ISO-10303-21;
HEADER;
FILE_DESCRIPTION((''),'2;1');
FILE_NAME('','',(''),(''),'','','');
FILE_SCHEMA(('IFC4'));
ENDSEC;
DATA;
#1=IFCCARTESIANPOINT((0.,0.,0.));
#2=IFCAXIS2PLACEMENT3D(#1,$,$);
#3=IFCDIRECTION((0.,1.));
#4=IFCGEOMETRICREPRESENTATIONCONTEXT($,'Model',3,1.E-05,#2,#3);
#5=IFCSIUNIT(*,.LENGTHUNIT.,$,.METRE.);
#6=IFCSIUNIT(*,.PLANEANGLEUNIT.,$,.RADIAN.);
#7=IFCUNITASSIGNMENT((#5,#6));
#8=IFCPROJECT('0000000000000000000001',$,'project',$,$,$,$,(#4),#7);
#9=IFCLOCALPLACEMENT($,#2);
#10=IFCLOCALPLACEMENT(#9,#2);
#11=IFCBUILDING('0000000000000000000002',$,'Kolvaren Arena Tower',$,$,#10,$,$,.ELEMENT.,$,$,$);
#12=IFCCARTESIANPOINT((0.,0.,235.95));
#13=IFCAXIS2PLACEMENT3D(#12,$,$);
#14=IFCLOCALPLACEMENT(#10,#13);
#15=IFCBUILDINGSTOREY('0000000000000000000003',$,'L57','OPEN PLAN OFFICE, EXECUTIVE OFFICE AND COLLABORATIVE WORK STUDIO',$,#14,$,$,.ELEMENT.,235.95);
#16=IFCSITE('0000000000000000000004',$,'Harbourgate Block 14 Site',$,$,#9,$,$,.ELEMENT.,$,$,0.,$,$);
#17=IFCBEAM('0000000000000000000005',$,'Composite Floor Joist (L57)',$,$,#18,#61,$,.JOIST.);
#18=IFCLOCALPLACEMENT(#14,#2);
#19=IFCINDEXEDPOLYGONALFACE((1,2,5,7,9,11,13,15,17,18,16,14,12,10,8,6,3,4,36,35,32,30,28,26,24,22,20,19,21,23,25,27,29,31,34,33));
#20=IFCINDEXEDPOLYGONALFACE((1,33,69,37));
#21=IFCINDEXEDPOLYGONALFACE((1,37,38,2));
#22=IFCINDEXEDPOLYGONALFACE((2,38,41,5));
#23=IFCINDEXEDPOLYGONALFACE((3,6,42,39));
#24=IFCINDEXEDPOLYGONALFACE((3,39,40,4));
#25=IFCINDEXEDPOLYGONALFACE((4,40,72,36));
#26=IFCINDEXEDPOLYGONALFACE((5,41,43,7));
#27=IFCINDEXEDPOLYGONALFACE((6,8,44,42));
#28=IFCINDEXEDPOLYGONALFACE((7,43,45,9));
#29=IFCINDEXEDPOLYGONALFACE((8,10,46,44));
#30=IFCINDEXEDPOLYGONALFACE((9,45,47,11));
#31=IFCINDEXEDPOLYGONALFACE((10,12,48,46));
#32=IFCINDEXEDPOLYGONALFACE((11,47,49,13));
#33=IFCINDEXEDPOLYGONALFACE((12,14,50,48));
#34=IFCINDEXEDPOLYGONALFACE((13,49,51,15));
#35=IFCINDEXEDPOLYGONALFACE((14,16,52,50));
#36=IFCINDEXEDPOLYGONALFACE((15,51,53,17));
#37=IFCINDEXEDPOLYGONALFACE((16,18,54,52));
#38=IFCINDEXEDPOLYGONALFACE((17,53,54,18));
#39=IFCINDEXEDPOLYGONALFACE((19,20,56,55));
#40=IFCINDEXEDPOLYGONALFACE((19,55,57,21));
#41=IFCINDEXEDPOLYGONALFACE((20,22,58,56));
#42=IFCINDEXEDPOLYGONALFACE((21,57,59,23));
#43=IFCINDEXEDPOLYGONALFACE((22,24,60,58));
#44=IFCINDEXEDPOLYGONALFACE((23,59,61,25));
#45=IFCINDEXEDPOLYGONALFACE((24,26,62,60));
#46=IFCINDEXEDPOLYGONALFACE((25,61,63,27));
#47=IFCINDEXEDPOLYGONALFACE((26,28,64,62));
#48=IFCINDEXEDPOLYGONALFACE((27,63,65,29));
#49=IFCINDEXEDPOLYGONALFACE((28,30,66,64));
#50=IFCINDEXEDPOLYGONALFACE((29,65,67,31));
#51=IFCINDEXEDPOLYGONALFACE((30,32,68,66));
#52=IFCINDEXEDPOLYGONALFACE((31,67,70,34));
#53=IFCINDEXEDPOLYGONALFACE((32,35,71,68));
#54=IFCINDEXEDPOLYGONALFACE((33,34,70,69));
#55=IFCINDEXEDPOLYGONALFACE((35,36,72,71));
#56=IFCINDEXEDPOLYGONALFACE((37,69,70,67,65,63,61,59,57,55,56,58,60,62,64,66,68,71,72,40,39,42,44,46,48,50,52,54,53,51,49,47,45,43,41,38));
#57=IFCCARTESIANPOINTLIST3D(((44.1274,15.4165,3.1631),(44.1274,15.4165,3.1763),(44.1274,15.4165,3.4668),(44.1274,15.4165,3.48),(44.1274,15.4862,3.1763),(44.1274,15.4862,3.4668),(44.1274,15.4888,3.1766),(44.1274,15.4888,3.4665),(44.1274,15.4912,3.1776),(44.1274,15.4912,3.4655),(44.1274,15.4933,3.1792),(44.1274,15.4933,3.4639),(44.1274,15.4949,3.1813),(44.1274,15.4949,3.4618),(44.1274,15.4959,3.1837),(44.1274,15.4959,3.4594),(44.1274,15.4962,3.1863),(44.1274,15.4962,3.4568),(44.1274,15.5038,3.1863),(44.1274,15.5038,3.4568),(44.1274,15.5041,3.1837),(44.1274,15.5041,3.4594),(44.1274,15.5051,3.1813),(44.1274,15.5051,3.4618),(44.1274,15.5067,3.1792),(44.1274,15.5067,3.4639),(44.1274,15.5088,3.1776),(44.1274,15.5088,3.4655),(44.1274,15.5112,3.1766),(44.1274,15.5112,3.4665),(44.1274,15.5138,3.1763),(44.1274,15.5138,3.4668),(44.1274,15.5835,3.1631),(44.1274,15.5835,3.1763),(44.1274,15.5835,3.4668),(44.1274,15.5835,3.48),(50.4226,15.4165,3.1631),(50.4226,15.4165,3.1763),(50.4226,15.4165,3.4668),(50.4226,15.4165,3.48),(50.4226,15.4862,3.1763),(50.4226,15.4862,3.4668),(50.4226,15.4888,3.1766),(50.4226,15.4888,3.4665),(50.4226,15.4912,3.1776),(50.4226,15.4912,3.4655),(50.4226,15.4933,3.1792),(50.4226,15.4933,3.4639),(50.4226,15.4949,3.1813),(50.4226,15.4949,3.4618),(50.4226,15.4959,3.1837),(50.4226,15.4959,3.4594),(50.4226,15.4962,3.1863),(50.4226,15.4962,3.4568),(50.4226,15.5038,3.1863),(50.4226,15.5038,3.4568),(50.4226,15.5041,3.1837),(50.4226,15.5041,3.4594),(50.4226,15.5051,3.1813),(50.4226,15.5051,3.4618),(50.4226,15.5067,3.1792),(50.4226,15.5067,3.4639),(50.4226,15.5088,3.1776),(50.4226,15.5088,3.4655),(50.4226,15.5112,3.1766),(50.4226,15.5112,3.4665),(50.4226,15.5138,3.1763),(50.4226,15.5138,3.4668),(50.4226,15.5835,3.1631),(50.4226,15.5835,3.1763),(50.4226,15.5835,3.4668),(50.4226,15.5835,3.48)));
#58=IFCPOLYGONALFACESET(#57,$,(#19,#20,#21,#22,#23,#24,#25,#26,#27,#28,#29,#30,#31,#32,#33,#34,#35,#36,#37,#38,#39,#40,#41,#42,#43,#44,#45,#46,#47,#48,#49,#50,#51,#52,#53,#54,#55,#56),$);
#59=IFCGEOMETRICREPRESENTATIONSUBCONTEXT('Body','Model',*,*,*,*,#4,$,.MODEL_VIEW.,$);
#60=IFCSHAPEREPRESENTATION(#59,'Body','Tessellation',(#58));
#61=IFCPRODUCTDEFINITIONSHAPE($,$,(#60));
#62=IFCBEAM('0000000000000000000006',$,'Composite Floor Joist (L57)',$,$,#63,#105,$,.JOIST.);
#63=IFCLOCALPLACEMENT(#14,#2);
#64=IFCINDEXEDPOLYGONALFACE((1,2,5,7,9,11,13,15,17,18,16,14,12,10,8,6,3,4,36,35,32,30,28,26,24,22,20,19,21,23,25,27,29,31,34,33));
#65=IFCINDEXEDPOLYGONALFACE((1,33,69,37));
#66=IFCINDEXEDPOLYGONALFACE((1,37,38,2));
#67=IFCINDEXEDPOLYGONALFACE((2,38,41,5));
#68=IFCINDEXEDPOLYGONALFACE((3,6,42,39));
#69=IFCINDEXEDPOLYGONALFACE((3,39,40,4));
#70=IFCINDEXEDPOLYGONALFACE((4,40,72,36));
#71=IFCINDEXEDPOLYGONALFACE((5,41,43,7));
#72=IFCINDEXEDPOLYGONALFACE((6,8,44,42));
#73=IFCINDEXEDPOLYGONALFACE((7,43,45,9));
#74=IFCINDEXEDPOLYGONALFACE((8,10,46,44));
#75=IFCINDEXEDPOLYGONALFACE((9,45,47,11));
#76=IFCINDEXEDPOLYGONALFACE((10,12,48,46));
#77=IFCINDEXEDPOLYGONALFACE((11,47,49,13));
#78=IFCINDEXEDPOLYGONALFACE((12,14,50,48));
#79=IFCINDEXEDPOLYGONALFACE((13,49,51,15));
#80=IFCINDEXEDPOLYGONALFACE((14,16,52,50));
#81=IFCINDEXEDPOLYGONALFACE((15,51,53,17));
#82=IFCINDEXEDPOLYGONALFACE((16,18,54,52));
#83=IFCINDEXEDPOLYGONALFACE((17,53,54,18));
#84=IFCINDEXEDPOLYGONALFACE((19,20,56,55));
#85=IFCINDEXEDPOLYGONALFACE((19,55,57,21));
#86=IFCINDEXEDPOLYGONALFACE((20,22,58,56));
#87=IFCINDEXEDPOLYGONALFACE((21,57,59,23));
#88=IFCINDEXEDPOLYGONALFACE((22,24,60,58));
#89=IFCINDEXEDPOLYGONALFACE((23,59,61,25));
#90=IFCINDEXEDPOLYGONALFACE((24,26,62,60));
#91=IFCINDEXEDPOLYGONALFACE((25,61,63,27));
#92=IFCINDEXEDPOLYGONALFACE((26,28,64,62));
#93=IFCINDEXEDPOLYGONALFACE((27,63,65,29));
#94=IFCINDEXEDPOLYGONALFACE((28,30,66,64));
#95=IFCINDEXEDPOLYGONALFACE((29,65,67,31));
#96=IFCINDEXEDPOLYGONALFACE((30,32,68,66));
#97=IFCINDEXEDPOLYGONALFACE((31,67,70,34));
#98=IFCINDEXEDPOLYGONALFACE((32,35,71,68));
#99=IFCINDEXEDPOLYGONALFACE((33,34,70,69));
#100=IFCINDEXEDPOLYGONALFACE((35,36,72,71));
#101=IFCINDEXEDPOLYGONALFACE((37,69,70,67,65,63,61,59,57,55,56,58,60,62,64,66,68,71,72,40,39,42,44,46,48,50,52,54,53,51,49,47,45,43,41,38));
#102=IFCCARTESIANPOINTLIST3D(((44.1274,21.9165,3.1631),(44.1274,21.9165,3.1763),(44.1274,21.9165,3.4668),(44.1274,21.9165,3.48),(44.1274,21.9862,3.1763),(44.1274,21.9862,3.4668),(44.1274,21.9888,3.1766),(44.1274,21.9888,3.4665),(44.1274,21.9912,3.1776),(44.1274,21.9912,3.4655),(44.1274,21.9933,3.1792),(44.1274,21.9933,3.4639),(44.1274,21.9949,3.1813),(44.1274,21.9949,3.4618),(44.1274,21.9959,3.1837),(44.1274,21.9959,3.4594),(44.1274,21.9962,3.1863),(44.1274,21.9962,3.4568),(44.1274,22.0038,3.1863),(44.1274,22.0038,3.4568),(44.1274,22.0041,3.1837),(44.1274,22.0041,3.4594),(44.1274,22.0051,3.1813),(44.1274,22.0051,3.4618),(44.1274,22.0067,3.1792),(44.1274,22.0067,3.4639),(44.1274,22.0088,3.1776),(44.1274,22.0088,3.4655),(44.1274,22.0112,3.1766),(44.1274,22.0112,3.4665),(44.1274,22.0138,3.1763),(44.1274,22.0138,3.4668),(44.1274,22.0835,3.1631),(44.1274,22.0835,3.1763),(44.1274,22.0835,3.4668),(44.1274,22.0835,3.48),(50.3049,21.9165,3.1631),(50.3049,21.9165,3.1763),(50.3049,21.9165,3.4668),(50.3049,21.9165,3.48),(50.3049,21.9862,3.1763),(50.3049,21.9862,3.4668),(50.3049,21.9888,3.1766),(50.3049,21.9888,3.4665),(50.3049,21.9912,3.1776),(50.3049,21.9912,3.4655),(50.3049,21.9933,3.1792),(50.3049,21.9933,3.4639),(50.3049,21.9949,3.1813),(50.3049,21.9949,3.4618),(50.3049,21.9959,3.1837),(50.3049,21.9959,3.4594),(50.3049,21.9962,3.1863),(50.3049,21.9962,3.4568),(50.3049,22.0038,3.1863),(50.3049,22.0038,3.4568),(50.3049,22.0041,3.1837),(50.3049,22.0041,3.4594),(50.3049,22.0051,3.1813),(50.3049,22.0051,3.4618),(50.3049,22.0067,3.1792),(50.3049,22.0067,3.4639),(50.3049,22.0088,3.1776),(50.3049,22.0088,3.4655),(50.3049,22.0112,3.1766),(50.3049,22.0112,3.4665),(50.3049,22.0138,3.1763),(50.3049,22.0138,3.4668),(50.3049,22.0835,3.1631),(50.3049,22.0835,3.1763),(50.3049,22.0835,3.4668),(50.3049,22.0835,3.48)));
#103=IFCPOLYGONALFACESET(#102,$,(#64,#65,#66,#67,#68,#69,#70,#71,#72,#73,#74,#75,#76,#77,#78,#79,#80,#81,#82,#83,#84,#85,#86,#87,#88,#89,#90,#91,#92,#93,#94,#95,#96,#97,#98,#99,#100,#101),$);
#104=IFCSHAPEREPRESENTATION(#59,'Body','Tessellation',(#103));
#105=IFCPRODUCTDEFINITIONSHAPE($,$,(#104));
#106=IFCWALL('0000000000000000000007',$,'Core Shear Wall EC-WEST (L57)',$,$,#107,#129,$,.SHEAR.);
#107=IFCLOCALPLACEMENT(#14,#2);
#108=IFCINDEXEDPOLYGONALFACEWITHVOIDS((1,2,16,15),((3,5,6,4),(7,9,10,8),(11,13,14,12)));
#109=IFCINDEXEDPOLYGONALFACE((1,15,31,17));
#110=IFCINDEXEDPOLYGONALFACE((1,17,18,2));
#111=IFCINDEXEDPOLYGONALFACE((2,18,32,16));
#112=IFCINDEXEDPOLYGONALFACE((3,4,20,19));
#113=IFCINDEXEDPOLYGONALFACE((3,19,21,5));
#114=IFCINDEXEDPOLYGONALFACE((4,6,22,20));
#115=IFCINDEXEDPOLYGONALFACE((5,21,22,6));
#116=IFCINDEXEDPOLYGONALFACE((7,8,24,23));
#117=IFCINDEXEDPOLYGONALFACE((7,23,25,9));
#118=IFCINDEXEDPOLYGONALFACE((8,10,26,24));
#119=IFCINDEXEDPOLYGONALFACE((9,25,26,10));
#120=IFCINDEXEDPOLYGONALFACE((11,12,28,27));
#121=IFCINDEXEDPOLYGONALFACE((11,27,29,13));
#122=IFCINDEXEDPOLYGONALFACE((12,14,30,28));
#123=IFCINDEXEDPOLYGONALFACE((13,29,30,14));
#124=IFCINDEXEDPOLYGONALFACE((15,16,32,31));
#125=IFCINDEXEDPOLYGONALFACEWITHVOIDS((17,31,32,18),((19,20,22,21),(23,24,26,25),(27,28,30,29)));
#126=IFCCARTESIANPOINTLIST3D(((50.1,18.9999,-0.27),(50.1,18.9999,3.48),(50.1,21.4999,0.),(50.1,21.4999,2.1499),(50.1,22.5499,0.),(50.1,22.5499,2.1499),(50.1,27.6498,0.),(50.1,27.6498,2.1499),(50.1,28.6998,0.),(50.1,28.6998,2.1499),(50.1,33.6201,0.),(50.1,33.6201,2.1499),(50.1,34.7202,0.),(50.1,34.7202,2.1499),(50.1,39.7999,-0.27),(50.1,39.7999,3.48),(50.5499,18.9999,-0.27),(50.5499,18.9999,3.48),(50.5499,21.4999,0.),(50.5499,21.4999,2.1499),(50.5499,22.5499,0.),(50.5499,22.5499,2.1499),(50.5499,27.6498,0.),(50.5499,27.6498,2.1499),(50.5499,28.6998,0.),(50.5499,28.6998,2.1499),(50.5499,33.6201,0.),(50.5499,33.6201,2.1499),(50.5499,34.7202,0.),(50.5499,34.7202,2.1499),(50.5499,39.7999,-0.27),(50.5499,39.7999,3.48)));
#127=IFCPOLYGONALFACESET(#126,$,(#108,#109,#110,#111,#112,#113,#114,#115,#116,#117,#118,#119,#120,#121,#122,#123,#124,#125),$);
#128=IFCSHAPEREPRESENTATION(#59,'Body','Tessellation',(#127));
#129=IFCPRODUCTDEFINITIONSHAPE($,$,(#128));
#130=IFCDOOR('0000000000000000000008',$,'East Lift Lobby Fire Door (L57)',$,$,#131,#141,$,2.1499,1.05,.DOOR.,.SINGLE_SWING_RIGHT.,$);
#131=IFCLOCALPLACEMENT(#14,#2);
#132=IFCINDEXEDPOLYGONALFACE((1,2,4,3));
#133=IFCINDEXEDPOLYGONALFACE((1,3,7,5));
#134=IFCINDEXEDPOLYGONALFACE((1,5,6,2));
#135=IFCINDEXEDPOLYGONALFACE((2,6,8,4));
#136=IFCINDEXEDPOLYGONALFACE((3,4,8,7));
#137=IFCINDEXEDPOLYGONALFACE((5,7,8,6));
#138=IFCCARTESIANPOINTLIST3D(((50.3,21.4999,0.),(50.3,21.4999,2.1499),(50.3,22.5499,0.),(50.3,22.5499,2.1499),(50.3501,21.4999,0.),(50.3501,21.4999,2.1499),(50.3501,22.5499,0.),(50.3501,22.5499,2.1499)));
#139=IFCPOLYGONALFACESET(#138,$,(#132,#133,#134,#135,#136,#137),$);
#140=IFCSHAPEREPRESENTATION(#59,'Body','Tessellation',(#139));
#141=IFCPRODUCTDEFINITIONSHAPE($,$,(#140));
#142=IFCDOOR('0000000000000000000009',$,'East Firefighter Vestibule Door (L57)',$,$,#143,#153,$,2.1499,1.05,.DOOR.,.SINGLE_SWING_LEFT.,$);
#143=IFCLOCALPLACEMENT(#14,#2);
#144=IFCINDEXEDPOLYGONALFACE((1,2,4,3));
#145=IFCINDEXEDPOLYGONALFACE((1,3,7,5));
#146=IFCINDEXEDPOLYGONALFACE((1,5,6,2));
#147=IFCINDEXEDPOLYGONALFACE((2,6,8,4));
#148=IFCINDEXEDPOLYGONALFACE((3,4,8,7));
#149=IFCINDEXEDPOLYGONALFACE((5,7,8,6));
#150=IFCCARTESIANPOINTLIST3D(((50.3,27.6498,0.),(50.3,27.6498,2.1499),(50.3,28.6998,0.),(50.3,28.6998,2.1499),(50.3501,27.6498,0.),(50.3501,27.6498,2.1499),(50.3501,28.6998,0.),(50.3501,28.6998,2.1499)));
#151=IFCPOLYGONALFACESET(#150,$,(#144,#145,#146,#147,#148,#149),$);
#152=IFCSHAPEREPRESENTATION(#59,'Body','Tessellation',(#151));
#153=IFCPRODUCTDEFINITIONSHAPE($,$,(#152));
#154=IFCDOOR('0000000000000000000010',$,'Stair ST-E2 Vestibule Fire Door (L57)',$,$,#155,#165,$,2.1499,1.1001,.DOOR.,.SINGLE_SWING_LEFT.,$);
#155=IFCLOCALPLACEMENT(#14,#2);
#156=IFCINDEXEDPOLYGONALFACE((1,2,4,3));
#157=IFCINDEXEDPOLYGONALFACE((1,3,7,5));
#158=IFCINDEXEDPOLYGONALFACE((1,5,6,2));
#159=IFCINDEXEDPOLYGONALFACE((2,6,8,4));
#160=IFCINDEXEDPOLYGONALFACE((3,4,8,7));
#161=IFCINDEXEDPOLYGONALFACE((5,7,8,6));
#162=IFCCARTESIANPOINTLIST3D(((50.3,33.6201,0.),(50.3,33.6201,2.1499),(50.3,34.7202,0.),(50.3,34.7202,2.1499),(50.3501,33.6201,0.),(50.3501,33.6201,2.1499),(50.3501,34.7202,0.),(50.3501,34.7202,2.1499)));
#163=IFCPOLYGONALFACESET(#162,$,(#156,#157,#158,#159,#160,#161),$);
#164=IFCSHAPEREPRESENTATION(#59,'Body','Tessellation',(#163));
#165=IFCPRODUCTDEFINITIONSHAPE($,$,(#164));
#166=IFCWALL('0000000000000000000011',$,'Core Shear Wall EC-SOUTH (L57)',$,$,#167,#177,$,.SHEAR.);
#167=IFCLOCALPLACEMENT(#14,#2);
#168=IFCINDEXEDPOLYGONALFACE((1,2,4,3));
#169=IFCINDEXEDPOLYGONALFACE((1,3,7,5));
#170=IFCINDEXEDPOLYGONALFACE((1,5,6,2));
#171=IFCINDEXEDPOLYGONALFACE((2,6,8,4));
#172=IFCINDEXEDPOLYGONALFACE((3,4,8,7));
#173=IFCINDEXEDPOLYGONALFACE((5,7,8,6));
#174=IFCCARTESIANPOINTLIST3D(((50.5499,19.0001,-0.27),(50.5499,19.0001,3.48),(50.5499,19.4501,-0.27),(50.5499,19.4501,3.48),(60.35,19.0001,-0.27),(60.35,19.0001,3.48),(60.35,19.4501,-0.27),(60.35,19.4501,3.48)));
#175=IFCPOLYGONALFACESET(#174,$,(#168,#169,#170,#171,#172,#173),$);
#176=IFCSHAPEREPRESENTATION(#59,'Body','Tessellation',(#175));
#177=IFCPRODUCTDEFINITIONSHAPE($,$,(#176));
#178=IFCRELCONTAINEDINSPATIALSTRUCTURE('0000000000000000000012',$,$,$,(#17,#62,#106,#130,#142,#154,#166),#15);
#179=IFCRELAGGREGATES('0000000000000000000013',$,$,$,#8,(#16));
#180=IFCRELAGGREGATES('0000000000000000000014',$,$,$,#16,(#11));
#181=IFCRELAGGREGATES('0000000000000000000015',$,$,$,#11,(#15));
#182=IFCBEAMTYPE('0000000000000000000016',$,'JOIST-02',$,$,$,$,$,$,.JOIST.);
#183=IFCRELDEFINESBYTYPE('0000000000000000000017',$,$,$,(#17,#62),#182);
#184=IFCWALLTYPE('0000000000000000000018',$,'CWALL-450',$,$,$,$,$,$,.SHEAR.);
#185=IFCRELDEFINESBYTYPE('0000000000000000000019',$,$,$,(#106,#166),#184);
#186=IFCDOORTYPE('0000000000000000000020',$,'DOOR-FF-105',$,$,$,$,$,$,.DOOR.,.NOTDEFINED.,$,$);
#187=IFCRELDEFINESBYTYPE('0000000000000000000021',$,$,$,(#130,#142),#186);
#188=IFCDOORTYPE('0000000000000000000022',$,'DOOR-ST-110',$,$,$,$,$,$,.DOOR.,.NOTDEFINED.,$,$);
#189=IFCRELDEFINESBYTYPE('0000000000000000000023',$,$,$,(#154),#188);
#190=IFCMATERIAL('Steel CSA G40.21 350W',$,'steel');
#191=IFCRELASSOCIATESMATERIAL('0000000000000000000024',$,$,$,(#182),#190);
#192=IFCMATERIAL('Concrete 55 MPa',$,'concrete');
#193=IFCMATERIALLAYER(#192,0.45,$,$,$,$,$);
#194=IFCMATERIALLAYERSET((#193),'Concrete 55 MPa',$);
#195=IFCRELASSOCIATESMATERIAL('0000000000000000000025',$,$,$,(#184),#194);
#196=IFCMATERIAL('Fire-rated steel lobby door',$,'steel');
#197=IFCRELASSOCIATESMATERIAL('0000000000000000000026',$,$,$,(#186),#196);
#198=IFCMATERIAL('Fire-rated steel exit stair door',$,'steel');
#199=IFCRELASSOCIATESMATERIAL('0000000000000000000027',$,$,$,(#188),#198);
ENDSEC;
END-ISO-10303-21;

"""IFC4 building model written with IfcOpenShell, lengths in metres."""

from ifc_helpers import new_model, si_unit, direction, frame, frame_2d, origin, origin_2d, place, context, subcontext, project, spatial, rectangle, i_section, extrude, material, layer, layer_set, material_profile, profile_set, type_object, element, fill, save


model = new_model("IFC4")

# Units and contexts
model_context = context("Model", 3, precision=1e-05, world=origin(), true_north=direction((0.0, 1.0)))
body_context = subcontext(model_context, "Body", "Model", "MODEL_VIEW")
ifc_project = project(units=[si_unit("LENGTHUNIT", "METRE"), si_unit("PLANEANGLEUNIT", "RADIAN")], contexts=[model_context])

# Site, building, storey
site_placement = place(None, origin())
site = spatial("IfcSite", under=ifc_project, at=site_placement, Name="Harbourgate Block 14 Site", CompositionType="ELEMENT", RefElevation=0.0)
building_placement = place(site_placement, origin())
building = spatial("IfcBuilding", under=site, at=building_placement, Name="Kolvaren Arena Tower", CompositionType="ELEMENT")
storey_placement = place(building_placement, frame((0.0, 0.0, 235.95)))
storey = spatial("IfcBuildingStorey", under=building, at=storey_placement, Name="L57", Description="OPEN PLAN OFFICE, EXECUTIVE OFFICE AND COLLABORATIVE WORK STUDIO", CompositionType="ELEMENT", Elevation=235.95)

# Beams
ifc_material_1 = material(Name="Steel CSA G40.21 350W", Category="steel")
ifc_material_profile_1 = material_profile(ifc_material_1, i_section(OverallWidth=0.167, OverallDepth=0.3169, WebThickness=0.0076, FlangeThickness=0.0132, FilletRadius=0.01, at=origin_2d()), Name="W310x52")
ifc_profile_set_1 = profile_set([ifc_material_profile_1], Name="Steel CSA G40.21 350W")
beam_type_1 = type_object("IfcBeamType", Name="JOIST-02", PredefinedType="JOIST", material=ifc_profile_set_1)
beam_1_placement = place(storey_placement, frame((44.1274, 15.5, 3.3215), z_axis=(1.0, 0.0, 0.0), x_axis=(0.0, 1.0, 0.0)))
element("IfcBeam", 1, at=beam_1_placement, inside=storey, type_object=beam_type_1, Name="Composite Floor Joist (L57)", PredefinedType="JOIST", context=body_context, shape_type="SweptSolid", body=[
    extrude(i_section(OverallWidth=0.167, OverallDepth=0.3169, WebThickness=0.0076, FlangeThickness=0.0132, FilletRadius=0.01, at=origin_2d()), origin(), (0.0, 0.0, 1.0), 6.2952),
])
beam_2_placement = place(storey_placement, frame((44.1274, 22.0, 3.3215), z_axis=(1.0, 0.0, 0.0), x_axis=(0.0, 1.0, 0.0)))
element("IfcBeam", 2, at=beam_2_placement, inside=storey, type_object=beam_type_1, Name="Composite Floor Joist (L57)", PredefinedType="JOIST", context=body_context, shape_type="SweptSolid", body=[
    extrude(i_section(OverallWidth=0.167, OverallDepth=0.3169, WebThickness=0.0076, FlangeThickness=0.0132, FilletRadius=0.01, at=origin_2d()), origin(), (0.0, 0.0, 1.0), 6.1775),
])

# Wall, openings, doors
ifc_material_2 = material(Name="Concrete 55 MPa", Category="concrete")
ifc_layer_1 = layer(ifc_material_2, 0.45)
ifc_layer_set_1 = layer_set([ifc_layer_1], Name="Concrete 55 MPa")
wall_type_1 = type_object("IfcWallType", Name="CWALL-450", PredefinedType="SHEAR", material=ifc_layer_set_1)
wall_1_placement = place(storey_placement, frame((50.325, 19.0, -0.27), z_axis=(0.0, 0.0, 1.0), x_axis=(0.0, 1.0, 0.0)))
wall_1 = element("IfcWall", 3, at=wall_1_placement, inside=storey, type_object=wall_type_1, Name="Core Shear Wall EC-WEST (L57)", PredefinedType="SHEAR", context=body_context, shape_type="SweptSolid", body=[
    extrude(rectangle(XDim=20.8, YDim=0.45, at=frame_2d((10.3999, 0.0))), origin(), (0.0, 0.0, 1.0), 3.75),
])
opening_1_placement = place(wall_1_placement, frame((2.5, 0.0, 0.27)))
opening_1 = element("IfcOpeningElement", 4, at=opening_1_placement, cuts=wall_1, PredefinedType="OPENING", context=body_context, shape_type="SweptSolid", body=[
    extrude(rectangle(XDim=1.05, YDim=2.1499, at=frame_2d((0.5249, 1.075))), frame((0.0, 0.2349, 0.0), z_axis=(0.0, -1.0, 0.0), x_axis=(1.0, 0.0, 0.0)), (0.0, 0.0, 1.0), 0.47),
])
opening_2_placement = place(wall_1_placement, frame((8.6499, 0.0, 0.27)))
opening_2 = element("IfcOpeningElement", 5, at=opening_2_placement, cuts=wall_1, PredefinedType="OPENING", context=body_context, shape_type="SweptSolid", body=[
    extrude(rectangle(XDim=1.05, YDim=2.1499, at=frame_2d((0.5249, 1.075))), frame((0.0, 0.2349, 0.0), z_axis=(0.0, -1.0, 0.0), x_axis=(1.0, 0.0, 0.0)), (0.0, 0.0, 1.0), 0.47),
])
opening_3_placement = place(wall_1_placement, frame((14.6201, 0.0, 0.27)))
opening_3 = element("IfcOpeningElement", 6, at=opening_3_placement, cuts=wall_1, PredefinedType="OPENING", context=body_context, shape_type="SweptSolid", body=[
    extrude(rectangle(XDim=1.1001, YDim=2.1499, at=frame_2d((0.55, 1.075))), frame((0.0, 0.2349, 0.0), z_axis=(0.0, -1.0, 0.0), x_axis=(1.0, 0.0, 0.0)), (0.0, 0.0, 1.0), 0.47),
])
ifc_material_3 = material(Name="Fire-rated steel lobby door", Category="steel")
door_type_1 = type_object("IfcDoorType", Name="DOOR-FF-105", OperationType="NOTDEFINED", PredefinedType="DOOR", material=ifc_material_3)
door_1_placement = place(opening_1_placement, origin())
door_1 = element("IfcDoor", 7, at=door_1_placement, inside=storey, type_object=door_type_1, Name="East Lift Lobby Fire Door (L57)", OperationType="SINGLE_SWING_RIGHT", OverallHeight=2.1499, OverallWidth=1.05, PredefinedType="DOOR", context=body_context, shape_type="SweptSolid", body=[
    extrude(rectangle(XDim=1.05, YDim=2.1499, at=frame_2d((0.5249, 1.075))), frame((0.0, 0.0249, 0.0), z_axis=(0.0, -1.0, 0.0), x_axis=(1.0, 0.0, 0.0)), (0.0, 0.0, 1.0), 0.05),
])
fill(opening_1, door_1)
door_2_placement = place(opening_2_placement, origin())
door_2 = element("IfcDoor", 8, at=door_2_placement, inside=storey, type_object=door_type_1, Name="East Firefighter Vestibule Door (L57)", OperationType="SINGLE_SWING_LEFT", OverallHeight=2.1499, OverallWidth=1.05, PredefinedType="DOOR", context=body_context, shape_type="SweptSolid", body=[
    extrude(rectangle(XDim=1.05, YDim=2.1499, at=frame_2d((0.5249, 1.075))), frame((0.0, 0.0249, 0.0), z_axis=(0.0, -1.0, 0.0), x_axis=(1.0, 0.0, 0.0)), (0.0, 0.0, 1.0), 0.05),
])
fill(opening_2, door_2)
ifc_material_4 = material(Name="Fire-rated steel exit stair door", Category="steel")
door_type_2 = type_object("IfcDoorType", Name="DOOR-ST-110", OperationType="NOTDEFINED", PredefinedType="DOOR", material=ifc_material_4)
door_3_placement = place(opening_3_placement, origin())
door_3 = element("IfcDoor", 9, at=door_3_placement, inside=storey, type_object=door_type_2, Name="Stair ST-E2 Vestibule Fire Door (L57)", OperationType="SINGLE_SWING_LEFT", OverallHeight=2.1499, OverallWidth=1.1001, PredefinedType="DOOR", context=body_context, shape_type="SweptSolid", body=[
    extrude(rectangle(XDim=1.1001, YDim=2.1499, at=frame_2d((0.55, 1.075))), frame((0.0, 0.0249, 0.0), z_axis=(0.0, -1.0, 0.0), x_axis=(1.0, 0.0, 0.0)), (0.0, 0.0, 1.0), 0.05),
])
fill(opening_3, door_3)

# Wall
wall_2_placement = place(storey_placement, frame((50.55, 19.2251, -0.27), z_axis=(0.0, 0.0, 1.0), x_axis=(1.0, 0.0, 0.0)))
element("IfcWall", 10, at=wall_2_placement, inside=storey, type_object=wall_type_1, Name="Core Shear Wall EC-SOUTH (L57)", PredefinedType="SHEAR", context=body_context, shape_type="SweptSolid", body=[
    extrude(rectangle(XDim=9.8, YDim=0.45, at=frame_2d((4.8999, 0.0))), origin(), (0.0, 0.0, 1.0), 3.75),
])

save(model, "model.ifc")
